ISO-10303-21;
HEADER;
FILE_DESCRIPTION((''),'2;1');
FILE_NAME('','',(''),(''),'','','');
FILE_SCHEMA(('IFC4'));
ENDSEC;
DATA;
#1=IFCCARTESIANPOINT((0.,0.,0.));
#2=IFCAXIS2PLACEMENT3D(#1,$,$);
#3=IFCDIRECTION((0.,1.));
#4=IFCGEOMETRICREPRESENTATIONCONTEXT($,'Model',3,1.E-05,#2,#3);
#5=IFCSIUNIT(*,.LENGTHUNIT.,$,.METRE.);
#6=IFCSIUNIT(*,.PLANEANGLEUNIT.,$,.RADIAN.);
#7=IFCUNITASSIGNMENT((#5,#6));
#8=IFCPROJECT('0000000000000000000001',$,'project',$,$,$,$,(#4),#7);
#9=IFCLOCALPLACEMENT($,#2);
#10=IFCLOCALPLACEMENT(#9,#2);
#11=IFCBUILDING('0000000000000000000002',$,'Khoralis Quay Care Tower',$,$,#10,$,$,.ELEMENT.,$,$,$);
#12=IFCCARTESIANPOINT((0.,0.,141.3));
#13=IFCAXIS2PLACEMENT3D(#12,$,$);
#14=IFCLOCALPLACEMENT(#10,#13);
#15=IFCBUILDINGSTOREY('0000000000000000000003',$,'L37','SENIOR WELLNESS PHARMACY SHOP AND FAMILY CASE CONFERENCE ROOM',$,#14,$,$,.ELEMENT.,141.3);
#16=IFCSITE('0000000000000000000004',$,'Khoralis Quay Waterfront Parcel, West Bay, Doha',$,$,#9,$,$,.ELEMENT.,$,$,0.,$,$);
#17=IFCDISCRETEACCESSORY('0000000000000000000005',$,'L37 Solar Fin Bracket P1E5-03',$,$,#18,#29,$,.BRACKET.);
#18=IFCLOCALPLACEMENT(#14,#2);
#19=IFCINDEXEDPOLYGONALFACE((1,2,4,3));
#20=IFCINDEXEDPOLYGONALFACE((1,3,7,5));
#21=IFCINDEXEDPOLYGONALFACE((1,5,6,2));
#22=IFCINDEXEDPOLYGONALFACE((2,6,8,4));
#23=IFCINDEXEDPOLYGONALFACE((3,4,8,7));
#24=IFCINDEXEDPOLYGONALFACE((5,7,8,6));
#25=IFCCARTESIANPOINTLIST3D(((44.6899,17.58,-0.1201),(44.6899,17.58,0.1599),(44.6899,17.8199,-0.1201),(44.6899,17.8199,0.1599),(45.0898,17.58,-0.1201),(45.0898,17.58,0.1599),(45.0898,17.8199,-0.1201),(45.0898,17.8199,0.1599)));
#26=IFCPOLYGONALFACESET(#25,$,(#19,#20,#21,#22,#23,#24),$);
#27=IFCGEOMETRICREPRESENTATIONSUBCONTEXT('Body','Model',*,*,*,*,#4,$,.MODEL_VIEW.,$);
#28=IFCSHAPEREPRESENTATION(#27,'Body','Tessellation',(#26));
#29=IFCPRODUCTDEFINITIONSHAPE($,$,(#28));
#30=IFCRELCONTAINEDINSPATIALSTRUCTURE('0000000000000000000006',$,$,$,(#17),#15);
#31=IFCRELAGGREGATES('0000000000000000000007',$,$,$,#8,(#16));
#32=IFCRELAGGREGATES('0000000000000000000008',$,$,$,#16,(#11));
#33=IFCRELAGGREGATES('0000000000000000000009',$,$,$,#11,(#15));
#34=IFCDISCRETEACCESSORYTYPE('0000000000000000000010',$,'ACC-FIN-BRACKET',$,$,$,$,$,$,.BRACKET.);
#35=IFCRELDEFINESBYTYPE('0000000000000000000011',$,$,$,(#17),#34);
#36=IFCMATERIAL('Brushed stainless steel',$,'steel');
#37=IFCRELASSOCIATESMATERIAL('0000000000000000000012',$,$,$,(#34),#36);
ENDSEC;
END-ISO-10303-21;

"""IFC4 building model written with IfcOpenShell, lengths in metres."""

from ifc_helpers import new_model, si_unit, direction, frame, origin, origin_2d, place, context, subcontext, project, spatial, rectangle, extrude, source, transform, mapped, material, type_object, element, save


model = new_model("IFC4")

# Units and contexts
model_context = context("Model", 3, precision=1e-05, world=origin(), true_north=direction((0.0, 1.0)))
body_context = subcontext(model_context, "Body", "Model", "MODEL_VIEW")
ifc_project = project(units=[si_unit("LENGTHUNIT", "METRE"), si_unit("PLANEANGLEUNIT", "RADIAN")], contexts=[model_context])

# Site, building, storey
site_placement = place(None, origin())
site = spatial("IfcSite", under=ifc_project, at=site_placement, Name="Khoralis Quay Waterfront Parcel, West Bay, Doha", CompositionType="ELEMENT", RefElevation=0.0)
building_placement = place(site_placement, origin())
building = spatial("IfcBuilding", under=site, at=building_placement, Name="Khoralis Quay Care Tower", CompositionType="ELEMENT")
storey_placement = place(building_placement, frame((0.0, 0.0, 141.3)))
storey = spatial("IfcBuildingStorey", under=building, at=storey_placement, Name="L37", Description="SENIOR WELLNESS PHARMACY SHOP AND FAMILY CASE CONFERENCE ROOM", CompositionType="ELEMENT", Elevation=141.3)

# Shared definitions
ifc_material_1 = material(Name="Brushed stainless steel", Category="steel")

# Discrete accessory
discrete_accessory_type = type_object("IfcDiscreteAccessoryType", Name="ACC-FIN-BRACKET", PredefinedType="BRACKET", material=ifc_material_1)
shared_shape_1 = source(origin(), body_context, "Body", "SweptSolid", [
    extrude(rectangle(XDim=0.3999, YDim=0.24, at=origin_2d()), origin(), (0.0, 0.0, 1.0), 0.28),
])
for number, where, z_axis, x_axis, name in (
    (1, (44.8899, 17.7, -0.1201), (0.0, 0.0, 1.0), (1.0, 0.0, 0.0), "L37 Solar Fin Bracket P1E5-03"),
):
    element("IfcDiscreteAccessory", number, at=place(storey_placement, frame(where, z_axis=z_axis, x_axis=x_axis)), inside=storey, type_object=discrete_accessory_type, Name=name, PredefinedType="BRACKET", context=body_context, shape_type="MappedRepresentation", body=[
        mapped(shared_shape_1, transform((0.0, 0.0, 0.0), scale=1.0)),
    ])

save(model, "model.ifc")
